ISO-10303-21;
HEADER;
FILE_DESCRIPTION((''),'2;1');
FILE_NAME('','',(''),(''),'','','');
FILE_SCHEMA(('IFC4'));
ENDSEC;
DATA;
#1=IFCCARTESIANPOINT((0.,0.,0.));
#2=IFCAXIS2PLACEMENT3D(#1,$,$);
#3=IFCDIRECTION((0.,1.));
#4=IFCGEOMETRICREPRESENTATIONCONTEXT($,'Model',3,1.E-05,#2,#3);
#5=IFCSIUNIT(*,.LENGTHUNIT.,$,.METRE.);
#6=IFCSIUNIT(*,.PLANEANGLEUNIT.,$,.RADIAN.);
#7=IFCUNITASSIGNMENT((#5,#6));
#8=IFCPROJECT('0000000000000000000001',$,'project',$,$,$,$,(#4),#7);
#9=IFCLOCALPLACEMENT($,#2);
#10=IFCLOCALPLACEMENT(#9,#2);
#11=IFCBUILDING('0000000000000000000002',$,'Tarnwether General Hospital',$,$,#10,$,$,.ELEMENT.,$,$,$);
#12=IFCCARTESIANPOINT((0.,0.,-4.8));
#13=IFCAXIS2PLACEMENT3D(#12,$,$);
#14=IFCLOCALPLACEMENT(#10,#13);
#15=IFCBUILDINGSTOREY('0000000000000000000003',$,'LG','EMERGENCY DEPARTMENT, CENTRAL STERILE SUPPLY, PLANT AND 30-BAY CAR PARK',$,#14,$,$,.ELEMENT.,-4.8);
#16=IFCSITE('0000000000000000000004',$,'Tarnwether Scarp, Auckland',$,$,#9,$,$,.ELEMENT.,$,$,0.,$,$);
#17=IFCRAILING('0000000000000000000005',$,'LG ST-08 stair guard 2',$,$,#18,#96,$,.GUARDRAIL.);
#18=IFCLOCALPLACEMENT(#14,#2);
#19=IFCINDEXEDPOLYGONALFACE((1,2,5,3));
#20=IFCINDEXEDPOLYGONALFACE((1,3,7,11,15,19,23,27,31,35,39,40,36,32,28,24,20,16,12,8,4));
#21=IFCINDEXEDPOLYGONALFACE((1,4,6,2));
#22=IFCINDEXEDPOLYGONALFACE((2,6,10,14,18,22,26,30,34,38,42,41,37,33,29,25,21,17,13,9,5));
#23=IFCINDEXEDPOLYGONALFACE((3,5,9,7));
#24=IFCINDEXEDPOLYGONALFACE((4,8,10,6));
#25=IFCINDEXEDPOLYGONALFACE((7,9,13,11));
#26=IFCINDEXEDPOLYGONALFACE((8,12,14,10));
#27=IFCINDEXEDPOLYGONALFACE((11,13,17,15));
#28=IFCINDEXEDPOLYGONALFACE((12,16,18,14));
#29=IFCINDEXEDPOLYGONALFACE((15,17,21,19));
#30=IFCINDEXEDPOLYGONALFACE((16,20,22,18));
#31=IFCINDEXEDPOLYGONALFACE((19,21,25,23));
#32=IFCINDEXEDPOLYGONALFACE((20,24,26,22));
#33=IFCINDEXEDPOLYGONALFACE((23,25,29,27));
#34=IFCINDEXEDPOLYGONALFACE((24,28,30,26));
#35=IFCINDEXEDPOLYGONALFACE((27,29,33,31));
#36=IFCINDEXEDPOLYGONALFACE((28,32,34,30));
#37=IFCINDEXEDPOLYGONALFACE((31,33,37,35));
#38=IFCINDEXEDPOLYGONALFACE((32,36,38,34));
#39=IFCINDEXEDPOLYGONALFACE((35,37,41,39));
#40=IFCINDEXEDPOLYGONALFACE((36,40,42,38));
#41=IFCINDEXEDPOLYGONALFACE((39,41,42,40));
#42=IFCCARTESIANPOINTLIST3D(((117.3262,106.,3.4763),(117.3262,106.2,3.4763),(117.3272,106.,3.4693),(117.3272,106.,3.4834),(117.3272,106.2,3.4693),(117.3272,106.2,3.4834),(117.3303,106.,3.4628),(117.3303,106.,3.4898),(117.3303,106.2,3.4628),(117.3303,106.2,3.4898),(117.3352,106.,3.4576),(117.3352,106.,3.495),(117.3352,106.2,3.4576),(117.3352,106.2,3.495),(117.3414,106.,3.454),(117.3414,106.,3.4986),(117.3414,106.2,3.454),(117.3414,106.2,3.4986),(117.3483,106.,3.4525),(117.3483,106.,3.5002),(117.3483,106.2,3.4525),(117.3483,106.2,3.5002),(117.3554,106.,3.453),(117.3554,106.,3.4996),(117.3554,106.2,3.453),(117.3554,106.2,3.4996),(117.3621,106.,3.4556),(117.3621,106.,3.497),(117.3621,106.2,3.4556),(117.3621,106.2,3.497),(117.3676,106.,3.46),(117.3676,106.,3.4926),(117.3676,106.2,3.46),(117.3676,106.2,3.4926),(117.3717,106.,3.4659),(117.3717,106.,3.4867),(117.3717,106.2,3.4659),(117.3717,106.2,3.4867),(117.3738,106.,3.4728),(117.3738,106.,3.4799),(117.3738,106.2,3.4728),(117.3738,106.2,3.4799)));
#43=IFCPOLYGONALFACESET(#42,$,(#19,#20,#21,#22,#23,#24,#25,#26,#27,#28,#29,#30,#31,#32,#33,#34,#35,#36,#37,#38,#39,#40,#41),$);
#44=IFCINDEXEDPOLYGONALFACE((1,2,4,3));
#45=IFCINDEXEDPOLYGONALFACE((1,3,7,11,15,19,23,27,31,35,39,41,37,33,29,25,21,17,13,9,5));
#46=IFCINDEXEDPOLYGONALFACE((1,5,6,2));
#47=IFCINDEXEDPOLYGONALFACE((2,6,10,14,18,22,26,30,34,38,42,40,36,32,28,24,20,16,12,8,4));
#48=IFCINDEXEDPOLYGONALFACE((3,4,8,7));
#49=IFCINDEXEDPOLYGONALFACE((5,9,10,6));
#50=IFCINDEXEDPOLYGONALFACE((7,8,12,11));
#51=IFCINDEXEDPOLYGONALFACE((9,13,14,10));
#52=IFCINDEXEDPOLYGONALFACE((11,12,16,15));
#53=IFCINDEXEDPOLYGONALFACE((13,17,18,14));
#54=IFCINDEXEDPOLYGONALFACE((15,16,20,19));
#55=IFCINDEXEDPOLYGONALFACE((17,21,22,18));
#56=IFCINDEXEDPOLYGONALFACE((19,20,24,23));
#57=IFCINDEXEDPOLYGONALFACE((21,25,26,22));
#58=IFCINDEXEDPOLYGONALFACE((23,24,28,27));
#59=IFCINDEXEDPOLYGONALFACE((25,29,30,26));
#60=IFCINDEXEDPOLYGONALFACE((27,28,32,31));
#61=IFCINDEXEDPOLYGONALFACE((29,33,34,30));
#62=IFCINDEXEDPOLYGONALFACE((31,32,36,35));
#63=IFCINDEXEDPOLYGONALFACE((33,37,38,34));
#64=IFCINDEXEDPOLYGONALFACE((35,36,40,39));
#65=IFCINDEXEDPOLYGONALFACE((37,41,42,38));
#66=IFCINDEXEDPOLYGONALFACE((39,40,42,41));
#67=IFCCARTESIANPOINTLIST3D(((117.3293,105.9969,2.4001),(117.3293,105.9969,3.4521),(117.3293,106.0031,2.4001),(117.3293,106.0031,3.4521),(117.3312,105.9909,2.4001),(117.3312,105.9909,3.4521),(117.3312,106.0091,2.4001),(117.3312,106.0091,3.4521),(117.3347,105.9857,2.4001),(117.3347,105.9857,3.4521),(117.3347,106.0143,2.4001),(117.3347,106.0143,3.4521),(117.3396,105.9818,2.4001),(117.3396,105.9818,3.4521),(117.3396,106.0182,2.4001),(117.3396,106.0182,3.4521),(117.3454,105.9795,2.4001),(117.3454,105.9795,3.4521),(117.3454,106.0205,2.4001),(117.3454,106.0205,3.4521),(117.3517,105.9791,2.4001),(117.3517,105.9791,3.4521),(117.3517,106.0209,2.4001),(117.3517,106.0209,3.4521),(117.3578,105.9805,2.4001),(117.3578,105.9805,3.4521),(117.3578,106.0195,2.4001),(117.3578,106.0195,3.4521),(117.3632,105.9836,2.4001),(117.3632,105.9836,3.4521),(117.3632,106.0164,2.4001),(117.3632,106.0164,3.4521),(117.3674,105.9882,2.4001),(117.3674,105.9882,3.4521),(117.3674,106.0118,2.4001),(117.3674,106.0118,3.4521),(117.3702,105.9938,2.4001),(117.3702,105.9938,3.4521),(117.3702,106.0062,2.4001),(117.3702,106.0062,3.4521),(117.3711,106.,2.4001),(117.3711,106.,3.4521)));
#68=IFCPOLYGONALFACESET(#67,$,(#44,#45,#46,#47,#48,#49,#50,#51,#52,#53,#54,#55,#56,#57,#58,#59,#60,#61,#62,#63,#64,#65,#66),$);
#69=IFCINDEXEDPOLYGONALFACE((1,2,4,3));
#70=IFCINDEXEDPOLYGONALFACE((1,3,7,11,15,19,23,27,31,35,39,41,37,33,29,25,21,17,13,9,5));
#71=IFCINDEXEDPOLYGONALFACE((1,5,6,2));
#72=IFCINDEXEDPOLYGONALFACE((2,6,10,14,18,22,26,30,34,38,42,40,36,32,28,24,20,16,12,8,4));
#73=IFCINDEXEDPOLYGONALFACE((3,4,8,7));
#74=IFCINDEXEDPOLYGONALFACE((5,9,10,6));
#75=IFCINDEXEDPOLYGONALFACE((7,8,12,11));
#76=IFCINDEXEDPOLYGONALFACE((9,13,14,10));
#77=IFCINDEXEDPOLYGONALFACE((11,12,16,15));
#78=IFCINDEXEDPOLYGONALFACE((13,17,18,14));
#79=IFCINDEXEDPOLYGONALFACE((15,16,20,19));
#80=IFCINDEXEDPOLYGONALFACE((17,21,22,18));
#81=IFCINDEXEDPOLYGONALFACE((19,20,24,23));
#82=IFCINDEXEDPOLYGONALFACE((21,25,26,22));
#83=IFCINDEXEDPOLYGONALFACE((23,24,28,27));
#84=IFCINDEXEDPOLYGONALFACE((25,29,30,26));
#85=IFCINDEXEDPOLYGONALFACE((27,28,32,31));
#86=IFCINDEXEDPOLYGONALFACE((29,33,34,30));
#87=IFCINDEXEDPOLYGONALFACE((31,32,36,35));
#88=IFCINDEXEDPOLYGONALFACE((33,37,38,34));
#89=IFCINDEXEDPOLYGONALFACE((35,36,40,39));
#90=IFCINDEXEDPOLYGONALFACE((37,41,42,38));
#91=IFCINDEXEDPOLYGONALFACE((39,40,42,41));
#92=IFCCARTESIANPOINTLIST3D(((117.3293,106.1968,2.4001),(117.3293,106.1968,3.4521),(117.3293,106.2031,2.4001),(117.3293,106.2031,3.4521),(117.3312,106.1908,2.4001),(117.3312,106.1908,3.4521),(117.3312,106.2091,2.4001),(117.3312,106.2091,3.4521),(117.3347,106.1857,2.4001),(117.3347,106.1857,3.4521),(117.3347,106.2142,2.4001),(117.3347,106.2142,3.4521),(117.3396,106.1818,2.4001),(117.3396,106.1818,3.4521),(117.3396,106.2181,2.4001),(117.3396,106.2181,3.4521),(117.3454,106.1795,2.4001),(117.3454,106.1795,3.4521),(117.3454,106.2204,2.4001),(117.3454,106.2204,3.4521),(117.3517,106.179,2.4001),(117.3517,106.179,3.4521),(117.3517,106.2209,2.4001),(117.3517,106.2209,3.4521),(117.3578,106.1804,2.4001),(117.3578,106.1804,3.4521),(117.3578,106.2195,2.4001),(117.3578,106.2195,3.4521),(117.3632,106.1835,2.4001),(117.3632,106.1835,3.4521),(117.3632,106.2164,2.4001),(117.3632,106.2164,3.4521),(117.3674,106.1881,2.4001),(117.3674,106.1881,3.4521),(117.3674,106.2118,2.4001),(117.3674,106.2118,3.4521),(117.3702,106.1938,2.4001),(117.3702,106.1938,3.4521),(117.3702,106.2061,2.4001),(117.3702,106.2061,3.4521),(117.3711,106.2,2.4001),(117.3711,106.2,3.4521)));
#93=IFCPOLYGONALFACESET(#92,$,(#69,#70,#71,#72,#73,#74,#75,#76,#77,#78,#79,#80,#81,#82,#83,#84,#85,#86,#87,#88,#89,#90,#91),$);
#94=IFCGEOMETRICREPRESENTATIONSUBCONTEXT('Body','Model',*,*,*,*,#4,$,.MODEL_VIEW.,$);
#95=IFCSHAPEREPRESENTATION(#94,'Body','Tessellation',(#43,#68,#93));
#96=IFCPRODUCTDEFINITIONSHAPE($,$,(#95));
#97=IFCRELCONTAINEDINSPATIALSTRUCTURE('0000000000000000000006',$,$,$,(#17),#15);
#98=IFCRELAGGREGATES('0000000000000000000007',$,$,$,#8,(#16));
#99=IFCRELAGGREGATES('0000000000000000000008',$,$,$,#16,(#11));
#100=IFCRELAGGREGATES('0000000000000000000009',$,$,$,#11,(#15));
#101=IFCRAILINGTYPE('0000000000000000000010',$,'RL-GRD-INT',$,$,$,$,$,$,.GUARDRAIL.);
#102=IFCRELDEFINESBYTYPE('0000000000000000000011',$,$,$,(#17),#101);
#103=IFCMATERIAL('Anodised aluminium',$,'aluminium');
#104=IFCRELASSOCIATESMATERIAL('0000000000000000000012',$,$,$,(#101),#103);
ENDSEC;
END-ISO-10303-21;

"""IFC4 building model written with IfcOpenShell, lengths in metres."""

from ifc_helpers import new_model, si_unit, direction, frame, origin, origin_2d, place, context, subcontext, project, spatial, circle, extrude, material, type_object, element, save


model = new_model("IFC4")

# Units and contexts
model_context = context("Model", 3, precision=1e-05, world=origin(), true_north=direction((0.0, 1.0)))
body_context = subcontext(model_context, "Body", "Model", "MODEL_VIEW")
ifc_project = project(units=[si_unit("LENGTHUNIT", "METRE"), si_unit("PLANEANGLEUNIT", "RADIAN")], contexts=[model_context])

# Site, building, storey
site_placement = place(None, origin())
site = spatial("IfcSite", under=ifc_project, at=site_placement, Name="Tarnwether Scarp, Auckland", CompositionType="ELEMENT", RefElevation=0.0)
building_placement = place(site_placement, origin())
building = spatial("IfcBuilding", under=site, at=building_placement, Name="Tarnwether General Hospital", CompositionType="ELEMENT")
storey_placement = place(building_placement, frame((0.0, 0.0, -4.8)))
storey = spatial("IfcBuildingStorey", under=building, at=storey_placement, Name="LG", Description="EMERGENCY DEPARTMENT, CENTRAL STERILE SUPPLY, PLANT AND 30-BAY CAR PARK", CompositionType="ELEMENT", Elevation=-4.8)

# Railing
ifc_material_1 = material(Name="Anodised aluminium", Category="aluminium")
railing_type_1 = type_object("IfcRailingType", Name="RL-GRD-INT", PredefinedType="GUARDRAIL", material=ifc_material_1)
railing_1_placement = place(storey_placement, frame((117.3501, 106.0, 2.4001)))
element("IfcRailing", 1, at=railing_1_placement, inside=storey, type_object=railing_type_1, Name="LG ST-08 stair guard 2", PredefinedType="GUARDRAIL", context=body_context, shape_type="SweptSolid", body=[
    extrude(circle(Radius=0.0239, at=origin_2d()), frame((0.0, 0.0, 1.0762), z_axis=(0.0, 1.0, 0.0), x_axis=(-1.0, 0.0, 0.0)), (0.0, 0.0, 1.0), 0.2),
    extrude(circle(Radius=0.021, at=origin_2d()), origin(), (0.0, 0.0, 1.0), 1.052),
    extrude(circle(Radius=0.021, at=origin_2d()), frame((0.0, 0.2, 0.0)), (0.0, 0.0, 1.0), 1.052),
])

save(model, "model.ifc")
